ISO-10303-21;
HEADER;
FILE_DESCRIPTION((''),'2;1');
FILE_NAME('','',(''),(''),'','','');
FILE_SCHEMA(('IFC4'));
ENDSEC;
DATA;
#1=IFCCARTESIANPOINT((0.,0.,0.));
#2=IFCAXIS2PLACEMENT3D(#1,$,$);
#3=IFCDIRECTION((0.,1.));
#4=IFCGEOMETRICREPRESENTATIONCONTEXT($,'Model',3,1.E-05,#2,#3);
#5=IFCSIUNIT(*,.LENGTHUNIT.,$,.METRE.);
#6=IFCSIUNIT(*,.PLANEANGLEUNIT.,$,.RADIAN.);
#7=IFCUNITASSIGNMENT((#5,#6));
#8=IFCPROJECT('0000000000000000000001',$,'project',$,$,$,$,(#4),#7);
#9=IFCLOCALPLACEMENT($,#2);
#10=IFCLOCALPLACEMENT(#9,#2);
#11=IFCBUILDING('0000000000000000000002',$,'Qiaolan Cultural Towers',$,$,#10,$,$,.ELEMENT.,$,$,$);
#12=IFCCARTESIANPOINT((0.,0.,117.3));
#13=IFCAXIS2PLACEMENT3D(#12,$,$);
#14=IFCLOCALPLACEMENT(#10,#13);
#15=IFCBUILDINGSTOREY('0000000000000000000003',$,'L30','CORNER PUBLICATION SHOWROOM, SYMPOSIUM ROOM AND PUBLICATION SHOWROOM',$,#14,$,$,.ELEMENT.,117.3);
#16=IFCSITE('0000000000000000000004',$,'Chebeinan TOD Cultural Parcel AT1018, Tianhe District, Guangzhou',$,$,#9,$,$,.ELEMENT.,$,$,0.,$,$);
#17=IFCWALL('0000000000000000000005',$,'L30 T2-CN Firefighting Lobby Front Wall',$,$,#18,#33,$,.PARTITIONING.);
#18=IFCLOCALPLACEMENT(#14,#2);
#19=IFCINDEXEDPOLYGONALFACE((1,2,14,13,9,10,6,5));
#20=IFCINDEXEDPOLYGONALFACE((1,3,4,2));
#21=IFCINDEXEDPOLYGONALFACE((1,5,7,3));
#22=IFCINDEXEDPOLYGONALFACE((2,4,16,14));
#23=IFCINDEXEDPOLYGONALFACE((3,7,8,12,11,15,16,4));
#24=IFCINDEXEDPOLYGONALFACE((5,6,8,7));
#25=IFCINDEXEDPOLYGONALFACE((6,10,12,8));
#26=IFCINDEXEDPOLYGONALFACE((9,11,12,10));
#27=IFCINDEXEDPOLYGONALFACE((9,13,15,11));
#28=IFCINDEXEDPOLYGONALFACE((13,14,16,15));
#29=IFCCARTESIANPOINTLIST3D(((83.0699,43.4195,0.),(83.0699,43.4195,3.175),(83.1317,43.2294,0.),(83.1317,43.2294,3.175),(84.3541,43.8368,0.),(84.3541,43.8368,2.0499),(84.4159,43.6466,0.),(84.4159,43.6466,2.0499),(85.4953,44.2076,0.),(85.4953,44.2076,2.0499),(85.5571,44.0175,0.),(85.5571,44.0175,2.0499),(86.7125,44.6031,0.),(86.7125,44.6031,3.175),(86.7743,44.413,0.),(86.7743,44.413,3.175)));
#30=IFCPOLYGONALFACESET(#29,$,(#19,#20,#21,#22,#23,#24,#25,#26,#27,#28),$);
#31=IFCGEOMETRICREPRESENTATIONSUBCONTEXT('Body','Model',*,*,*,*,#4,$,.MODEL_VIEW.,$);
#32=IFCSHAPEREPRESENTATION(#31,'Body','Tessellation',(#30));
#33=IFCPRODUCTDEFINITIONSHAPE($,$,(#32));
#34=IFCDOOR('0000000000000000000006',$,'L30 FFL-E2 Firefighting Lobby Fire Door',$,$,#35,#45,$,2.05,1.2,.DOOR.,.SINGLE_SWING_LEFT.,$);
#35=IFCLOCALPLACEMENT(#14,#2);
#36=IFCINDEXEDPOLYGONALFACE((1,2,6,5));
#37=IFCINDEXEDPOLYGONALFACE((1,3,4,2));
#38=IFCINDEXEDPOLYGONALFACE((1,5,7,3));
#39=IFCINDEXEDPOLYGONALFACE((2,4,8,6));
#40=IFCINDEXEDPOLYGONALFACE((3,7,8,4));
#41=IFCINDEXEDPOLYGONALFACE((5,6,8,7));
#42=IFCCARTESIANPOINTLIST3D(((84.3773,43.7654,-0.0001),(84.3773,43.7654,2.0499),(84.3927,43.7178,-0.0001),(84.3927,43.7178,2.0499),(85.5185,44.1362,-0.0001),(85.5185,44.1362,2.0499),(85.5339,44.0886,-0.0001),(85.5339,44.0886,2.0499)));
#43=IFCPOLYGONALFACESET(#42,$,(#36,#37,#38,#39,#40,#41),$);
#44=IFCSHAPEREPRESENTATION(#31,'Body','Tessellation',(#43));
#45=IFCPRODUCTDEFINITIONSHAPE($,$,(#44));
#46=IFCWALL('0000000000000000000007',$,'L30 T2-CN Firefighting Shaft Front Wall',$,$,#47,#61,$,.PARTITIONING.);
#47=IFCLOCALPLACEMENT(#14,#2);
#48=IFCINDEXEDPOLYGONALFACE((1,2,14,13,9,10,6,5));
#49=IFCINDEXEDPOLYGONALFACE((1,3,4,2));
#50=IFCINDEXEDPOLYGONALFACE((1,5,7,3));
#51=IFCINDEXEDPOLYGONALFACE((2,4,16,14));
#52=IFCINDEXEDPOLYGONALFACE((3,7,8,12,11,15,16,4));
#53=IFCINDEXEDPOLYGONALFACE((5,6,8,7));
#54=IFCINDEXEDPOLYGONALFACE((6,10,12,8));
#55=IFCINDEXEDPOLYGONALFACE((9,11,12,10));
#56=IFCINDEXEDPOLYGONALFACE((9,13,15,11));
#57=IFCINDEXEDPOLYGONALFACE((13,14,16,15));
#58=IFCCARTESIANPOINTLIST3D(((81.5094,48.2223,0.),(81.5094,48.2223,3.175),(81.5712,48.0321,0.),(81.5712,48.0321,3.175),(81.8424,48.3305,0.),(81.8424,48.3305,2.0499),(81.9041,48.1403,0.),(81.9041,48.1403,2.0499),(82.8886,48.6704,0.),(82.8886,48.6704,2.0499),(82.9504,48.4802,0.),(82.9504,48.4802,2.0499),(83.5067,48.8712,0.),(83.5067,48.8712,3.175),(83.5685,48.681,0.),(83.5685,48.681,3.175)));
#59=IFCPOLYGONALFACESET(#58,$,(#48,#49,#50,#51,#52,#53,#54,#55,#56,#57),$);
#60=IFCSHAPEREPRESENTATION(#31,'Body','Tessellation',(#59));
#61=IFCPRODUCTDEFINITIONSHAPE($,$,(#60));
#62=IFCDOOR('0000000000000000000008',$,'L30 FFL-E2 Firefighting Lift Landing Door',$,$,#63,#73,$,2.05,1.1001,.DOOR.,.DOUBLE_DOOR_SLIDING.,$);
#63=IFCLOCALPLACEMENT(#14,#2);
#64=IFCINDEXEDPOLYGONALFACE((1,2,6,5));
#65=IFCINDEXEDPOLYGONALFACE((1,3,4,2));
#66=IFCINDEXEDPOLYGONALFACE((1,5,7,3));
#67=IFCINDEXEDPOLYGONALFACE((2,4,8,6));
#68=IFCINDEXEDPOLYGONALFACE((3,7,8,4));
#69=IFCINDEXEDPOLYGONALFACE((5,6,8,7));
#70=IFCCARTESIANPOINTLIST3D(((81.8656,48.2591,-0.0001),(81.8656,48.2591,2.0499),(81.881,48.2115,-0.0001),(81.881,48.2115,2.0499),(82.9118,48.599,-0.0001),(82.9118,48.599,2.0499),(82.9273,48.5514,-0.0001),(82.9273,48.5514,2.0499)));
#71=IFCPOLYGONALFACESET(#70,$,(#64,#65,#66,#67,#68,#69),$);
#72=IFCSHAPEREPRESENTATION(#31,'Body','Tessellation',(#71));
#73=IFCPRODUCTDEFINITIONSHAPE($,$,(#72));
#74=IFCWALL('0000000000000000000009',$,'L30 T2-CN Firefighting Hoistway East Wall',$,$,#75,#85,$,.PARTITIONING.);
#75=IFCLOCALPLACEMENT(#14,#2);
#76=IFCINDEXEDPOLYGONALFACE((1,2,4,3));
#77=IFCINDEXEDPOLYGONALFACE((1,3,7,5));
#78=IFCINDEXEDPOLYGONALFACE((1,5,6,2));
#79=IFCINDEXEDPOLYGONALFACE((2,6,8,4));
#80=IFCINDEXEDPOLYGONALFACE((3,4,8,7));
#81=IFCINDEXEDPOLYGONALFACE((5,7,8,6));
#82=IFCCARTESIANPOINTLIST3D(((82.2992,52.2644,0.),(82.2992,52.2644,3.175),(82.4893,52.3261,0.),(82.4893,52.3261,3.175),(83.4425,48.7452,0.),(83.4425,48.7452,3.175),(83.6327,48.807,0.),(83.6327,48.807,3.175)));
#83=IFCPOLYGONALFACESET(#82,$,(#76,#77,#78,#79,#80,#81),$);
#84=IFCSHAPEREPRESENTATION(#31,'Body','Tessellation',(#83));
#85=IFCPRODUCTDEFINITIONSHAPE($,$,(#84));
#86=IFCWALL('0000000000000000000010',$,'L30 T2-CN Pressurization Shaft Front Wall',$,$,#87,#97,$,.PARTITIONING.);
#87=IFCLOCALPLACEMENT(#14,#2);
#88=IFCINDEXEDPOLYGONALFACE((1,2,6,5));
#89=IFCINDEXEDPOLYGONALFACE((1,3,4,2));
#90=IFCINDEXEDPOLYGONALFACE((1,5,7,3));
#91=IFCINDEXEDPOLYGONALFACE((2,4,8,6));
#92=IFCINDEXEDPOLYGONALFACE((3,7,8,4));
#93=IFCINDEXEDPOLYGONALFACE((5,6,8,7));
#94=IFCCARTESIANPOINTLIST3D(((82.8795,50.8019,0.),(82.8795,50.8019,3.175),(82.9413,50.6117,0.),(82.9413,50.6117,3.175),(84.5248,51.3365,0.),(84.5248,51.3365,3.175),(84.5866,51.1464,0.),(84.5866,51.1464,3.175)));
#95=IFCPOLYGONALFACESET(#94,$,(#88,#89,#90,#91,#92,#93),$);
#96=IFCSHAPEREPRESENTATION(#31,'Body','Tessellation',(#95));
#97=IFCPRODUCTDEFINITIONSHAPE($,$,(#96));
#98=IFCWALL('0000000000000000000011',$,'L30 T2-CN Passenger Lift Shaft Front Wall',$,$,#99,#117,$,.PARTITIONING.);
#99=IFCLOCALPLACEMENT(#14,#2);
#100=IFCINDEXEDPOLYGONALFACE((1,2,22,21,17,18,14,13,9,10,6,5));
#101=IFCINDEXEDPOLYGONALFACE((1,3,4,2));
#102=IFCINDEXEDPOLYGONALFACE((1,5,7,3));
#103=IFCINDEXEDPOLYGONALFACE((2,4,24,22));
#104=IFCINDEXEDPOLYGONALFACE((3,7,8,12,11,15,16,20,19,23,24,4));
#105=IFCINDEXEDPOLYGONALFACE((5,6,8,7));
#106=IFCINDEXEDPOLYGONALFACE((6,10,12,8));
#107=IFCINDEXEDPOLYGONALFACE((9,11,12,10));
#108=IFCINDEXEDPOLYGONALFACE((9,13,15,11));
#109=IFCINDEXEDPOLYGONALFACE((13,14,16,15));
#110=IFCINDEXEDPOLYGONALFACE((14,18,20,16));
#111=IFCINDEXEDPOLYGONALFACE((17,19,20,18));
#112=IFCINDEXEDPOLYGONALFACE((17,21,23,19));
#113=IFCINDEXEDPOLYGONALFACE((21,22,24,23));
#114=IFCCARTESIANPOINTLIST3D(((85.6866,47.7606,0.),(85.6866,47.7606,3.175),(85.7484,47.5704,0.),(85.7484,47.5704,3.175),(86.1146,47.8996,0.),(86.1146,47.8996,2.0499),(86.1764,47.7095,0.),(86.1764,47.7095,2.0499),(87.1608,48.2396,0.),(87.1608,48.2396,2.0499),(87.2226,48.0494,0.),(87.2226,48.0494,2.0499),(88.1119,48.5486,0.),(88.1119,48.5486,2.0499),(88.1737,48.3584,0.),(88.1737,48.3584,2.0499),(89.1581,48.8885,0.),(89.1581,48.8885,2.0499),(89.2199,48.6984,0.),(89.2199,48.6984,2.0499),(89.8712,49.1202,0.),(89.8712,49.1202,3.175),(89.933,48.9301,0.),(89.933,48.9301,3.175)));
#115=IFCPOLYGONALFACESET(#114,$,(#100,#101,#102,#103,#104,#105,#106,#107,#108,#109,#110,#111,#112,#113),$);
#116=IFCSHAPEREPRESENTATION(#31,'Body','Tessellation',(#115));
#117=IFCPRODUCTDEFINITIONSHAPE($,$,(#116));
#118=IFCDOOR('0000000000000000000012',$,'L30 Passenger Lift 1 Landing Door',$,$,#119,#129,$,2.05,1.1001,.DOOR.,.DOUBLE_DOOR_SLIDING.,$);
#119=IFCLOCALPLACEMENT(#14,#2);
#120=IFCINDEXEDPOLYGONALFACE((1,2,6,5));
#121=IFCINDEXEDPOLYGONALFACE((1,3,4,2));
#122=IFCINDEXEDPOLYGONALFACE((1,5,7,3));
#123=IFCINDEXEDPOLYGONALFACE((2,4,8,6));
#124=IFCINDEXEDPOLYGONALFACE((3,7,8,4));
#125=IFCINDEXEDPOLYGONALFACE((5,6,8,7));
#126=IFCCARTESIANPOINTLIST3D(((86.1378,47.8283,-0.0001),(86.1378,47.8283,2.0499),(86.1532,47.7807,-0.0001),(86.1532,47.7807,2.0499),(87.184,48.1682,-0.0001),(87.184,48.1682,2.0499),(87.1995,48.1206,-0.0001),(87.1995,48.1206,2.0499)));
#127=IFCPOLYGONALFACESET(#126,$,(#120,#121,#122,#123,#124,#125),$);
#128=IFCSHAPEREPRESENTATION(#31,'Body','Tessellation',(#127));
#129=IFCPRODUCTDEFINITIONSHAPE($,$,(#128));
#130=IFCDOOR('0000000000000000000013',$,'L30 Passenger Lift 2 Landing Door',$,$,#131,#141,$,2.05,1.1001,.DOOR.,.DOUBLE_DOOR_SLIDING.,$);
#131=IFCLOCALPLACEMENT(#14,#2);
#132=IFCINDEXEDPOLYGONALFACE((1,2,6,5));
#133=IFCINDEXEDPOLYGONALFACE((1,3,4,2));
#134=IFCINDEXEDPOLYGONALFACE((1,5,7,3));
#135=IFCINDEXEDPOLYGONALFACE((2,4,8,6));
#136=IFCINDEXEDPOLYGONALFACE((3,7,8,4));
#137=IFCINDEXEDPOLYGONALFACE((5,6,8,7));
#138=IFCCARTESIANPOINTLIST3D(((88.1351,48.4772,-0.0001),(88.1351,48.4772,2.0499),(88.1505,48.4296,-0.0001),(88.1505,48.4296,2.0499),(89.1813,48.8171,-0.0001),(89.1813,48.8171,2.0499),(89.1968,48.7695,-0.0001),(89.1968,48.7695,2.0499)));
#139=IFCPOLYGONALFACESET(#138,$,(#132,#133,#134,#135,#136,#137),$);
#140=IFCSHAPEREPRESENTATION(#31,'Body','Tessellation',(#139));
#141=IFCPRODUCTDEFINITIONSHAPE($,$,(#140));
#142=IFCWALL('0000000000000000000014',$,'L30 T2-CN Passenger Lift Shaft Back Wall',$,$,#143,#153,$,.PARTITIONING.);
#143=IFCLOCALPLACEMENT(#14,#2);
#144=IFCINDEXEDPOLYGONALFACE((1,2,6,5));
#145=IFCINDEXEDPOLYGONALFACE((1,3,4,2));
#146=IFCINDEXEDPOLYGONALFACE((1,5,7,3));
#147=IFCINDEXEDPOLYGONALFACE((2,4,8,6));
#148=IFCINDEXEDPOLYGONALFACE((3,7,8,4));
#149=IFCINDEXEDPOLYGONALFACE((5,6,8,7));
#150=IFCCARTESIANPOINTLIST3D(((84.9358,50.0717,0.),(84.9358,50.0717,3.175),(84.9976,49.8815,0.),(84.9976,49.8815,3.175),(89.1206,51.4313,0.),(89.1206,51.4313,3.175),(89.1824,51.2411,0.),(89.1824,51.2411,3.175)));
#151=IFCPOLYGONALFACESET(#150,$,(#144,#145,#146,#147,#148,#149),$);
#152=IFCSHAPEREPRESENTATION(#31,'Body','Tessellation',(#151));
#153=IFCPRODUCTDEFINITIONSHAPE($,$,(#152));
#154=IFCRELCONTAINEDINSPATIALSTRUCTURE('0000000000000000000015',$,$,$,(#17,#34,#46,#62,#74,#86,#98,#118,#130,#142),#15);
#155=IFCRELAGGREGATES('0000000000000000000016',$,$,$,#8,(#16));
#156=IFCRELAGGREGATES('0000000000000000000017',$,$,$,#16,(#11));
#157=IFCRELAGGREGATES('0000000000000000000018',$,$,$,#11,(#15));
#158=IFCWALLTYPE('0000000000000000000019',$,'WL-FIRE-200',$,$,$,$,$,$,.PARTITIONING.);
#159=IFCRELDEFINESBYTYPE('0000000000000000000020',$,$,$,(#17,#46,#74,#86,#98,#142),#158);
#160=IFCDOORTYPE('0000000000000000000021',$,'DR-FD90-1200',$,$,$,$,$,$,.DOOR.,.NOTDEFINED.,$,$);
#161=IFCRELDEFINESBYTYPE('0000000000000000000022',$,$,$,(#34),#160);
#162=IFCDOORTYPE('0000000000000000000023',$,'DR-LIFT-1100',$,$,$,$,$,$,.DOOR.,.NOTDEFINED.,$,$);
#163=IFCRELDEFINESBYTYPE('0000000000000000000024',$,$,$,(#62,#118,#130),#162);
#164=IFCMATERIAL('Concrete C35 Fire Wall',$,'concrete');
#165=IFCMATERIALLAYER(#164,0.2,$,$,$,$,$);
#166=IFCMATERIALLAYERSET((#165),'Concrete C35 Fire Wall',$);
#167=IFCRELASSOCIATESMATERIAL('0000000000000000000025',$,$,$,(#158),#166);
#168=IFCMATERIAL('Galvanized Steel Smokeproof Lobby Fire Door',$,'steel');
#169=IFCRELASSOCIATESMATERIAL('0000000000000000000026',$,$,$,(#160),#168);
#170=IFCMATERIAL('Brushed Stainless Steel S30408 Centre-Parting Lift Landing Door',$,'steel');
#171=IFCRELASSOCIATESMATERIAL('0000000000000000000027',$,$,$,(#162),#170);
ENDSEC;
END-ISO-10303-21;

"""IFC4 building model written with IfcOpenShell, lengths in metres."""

from ifc_helpers import new_model, si_unit, direction, frame, frame_2d, origin, place, context, subcontext, project, spatial, rectangle, extrude, material, layer, layer_set, type_object, element, fill, save


model = new_model("IFC4")

# Units and contexts
model_context = context("Model", 3, precision=1e-05, world=origin(), true_north=direction((0.0, 1.0)))
body_context = subcontext(model_context, "Body", "Model", "MODEL_VIEW")
ifc_project = project(units=[si_unit("LENGTHUNIT", "METRE"), si_unit("PLANEANGLEUNIT", "RADIAN")], contexts=[model_context])

# Site, building, storey
site_placement = place(None, origin())
site = spatial("IfcSite", under=ifc_project, at=site_placement, Name="Chebeinan TOD Cultural Parcel AT1018, Tianhe District, Guangzhou", CompositionType="ELEMENT", RefElevation=0.0)
building_placement = place(site_placement, origin())
building = spatial("IfcBuilding", under=site, at=building_placement, Name="Qiaolan Cultural Towers", CompositionType="ELEMENT")
storey_placement = place(building_placement, frame((0.0, 0.0, 117.3)))
storey = spatial("IfcBuildingStorey", under=building, at=storey_placement, Name="L30", Description="CORNER PUBLICATION SHOWROOM, SYMPOSIUM ROOM AND PUBLICATION SHOWROOM", CompositionType="ELEMENT", Elevation=117.3)

# Shared definitions
ifc_material_1 = material(Name="Concrete C35 Fire Wall", Category="concrete")
ifc_layer_1 = layer(ifc_material_1, 0.2)
ifc_layer_set_1 = layer_set([ifc_layer_1], Name="Concrete C35 Fire Wall")
wall_type_1 = type_object("IfcWallType", Name="WL-FIRE-200", PredefinedType="PARTITIONING", material=ifc_layer_set_1)

# Walls, openings, doors
wall_1_placement = place(storey_placement, frame((83.1008, 43.3245, 0.0), z_axis=(0.0, 0.0, 1.0), x_axis=(0.951053, 0.309028, 0.0)))
wall_1 = element("IfcWall", 1, at=wall_1_placement, inside=storey, type_object=wall_type_1, Name="L30 T2-CN Firefighting Lobby Front Wall", PredefinedType="PARTITIONING", context=body_context, shape_type="SweptSolid", body=[
    extrude(rectangle(XDim=3.8301, YDim=0.2, at=frame_2d((1.915, 0.0))), origin(), (0.0, 0.0, 1.0), 3.175),
])
opening_1_placement = place(wall_1_placement, frame((1.3501, 0.0, 0.0)))
opening_1 = element("IfcOpeningElement", 2, at=opening_1_placement, cuts=wall_1, PredefinedType="OPENING", context=body_context, shape_type="SweptSolid", body=[
    extrude(rectangle(XDim=1.2, YDim=2.05, at=frame_2d((0.6001, 1.0249))), frame((0.0, 0.1099, 0.0), z_axis=(0.0, -1.0, 0.0), x_axis=(1.0, 0.0, 0.0)), (0.0, 0.0, 1.0), 0.22),
])
ifc_material_2 = material(Name="Galvanized Steel Smokeproof Lobby Fire Door", Category="steel")
door_type_1 = type_object("IfcDoorType", Name="DR-FD90-1200", OperationType="NOTDEFINED", PredefinedType="DOOR", material=ifc_material_2)
door_1_placement = place(opening_1_placement, origin())
door_1 = element("IfcDoor", 3, at=door_1_placement, inside=storey, type_object=door_type_1, Name="L30 FFL-E2 Firefighting Lobby Fire Door", OperationType="SINGLE_SWING_LEFT", OverallHeight=2.05, OverallWidth=1.2, PredefinedType="DOOR", context=body_context, shape_type="SweptSolid", body=[
    extrude(rectangle(XDim=1.2, YDim=2.05, at=frame_2d((0.6001, 1.0249))), frame((0.0, 0.0249, 0.0), z_axis=(0.0, -1.0, 0.0), x_axis=(1.0, 0.0, 0.0)), (0.0, 0.0, 1.0), 0.05),
])
fill(opening_1, door_1)
wall_2_placement = place(storey_placement, frame((81.5403, 48.1272, 0.0), z_axis=(0.0, 0.0, 1.0), x_axis=(0.951062, 0.308999, 0.0)))
wall_2 = element("IfcWall", 4, at=wall_2_placement, inside=storey, type_object=wall_type_1, Name="L30 T2-CN Firefighting Shaft Front Wall", PredefinedType="PARTITIONING", context=body_context, shape_type="SweptSolid", body=[
    extrude(rectangle(XDim=2.1001, YDim=0.2, at=frame_2d((1.05, 0.0))), origin(), (0.0, 0.0, 1.0), 3.175),
])
opening_2_placement = place(wall_2_placement, frame((0.3501, 0.0, 0.0)))
opening_2 = element("IfcOpeningElement", 5, at=opening_2_placement, cuts=wall_2, PredefinedType="OPENING", context=body_context, shape_type="SweptSolid", body=[
    extrude(rectangle(XDim=1.1001, YDim=2.05, at=frame_2d((0.55, 1.0249))), frame((0.0, 0.1099, 0.0), z_axis=(0.0, -1.0, 0.0), x_axis=(1.0, 0.0, 0.0)), (0.0, 0.0, 1.0), 0.22),
])
ifc_material_3 = material(Name="Brushed Stainless Steel S30408 Centre-Parting Lift Landing Door", Category="steel")
door_type_2 = type_object("IfcDoorType", Name="DR-LIFT-1100", OperationType="NOTDEFINED", PredefinedType="DOOR", material=ifc_material_3)
door_2_placement = place(opening_2_placement, origin())
door_2 = element("IfcDoor", 6, at=door_2_placement, inside=storey, type_object=door_type_2, Name="L30 FFL-E2 Firefighting Lift Landing Door", OperationType="DOUBLE_DOOR_SLIDING", OverallHeight=2.05, OverallWidth=1.1001, PredefinedType="DOOR", context=body_context, shape_type="SweptSolid", body=[
    extrude(rectangle(XDim=1.1001, YDim=2.05, at=frame_2d((0.55, 1.0249))), frame((0.0, 0.0249, 0.0), z_axis=(0.0, -1.0, 0.0), x_axis=(1.0, 0.0, 0.0)), (0.0, 0.0, 1.0), 0.05),
])
fill(opening_2, door_2)

# Walls
wall_3_placement = place(storey_placement, frame((83.5376, 48.7761, 0.0), z_axis=(0.0, 0.0, 1.0), x_axis=(-0.308994, 0.951064, 0.0)))
element("IfcWall", 7, at=wall_3_placement, inside=storey, type_object=wall_type_1, Name="L30 T2-CN Firefighting Hoistway East Wall", PredefinedType="PARTITIONING", context=body_context, shape_type="SweptSolid", body=[
    extrude(rectangle(XDim=3.7002, YDim=0.2, at=frame_2d((1.8501, 0.0))), origin(), (0.0, 0.0, 1.0), 3.175),
])
wall_4_placement = place(storey_placement, frame((82.9104, 50.7068, 0.0), z_axis=(0.0, 0.0, 1.0), x_axis=(0.951041, 0.309064, 0.0)))
element("IfcWall", 8, at=wall_4_placement, inside=storey, type_object=wall_type_1, Name="L30 T2-CN Pressurization Shaft Front Wall", PredefinedType="PARTITIONING", context=body_context, shape_type="SweptSolid", body=[
    extrude(rectangle(XDim=1.73, YDim=0.2, at=frame_2d((0.865, 0.0))), origin(), (0.0, 0.0, 1.0), 3.175),
])

# Wall, openings, doors
wall_5_placement = place(storey_placement, frame((85.7175, 47.6655, 0.0), z_axis=(0.0, 0.0, 1.0), x_axis=(0.951059, 0.309011, 0.0)))
wall_5 = element("IfcWall", 9, at=wall_5_placement, inside=storey, type_object=wall_type_1, Name="L30 T2-CN Passenger Lift Shaft Front Wall", PredefinedType="PARTITIONING", context=body_context, shape_type="SweptSolid", body=[
    extrude(rectangle(XDim=4.3999, YDim=0.2, at=frame_2d((2.2, 0.0))), origin(), (0.0, 0.0, 1.0), 3.175),
])
opening_3_placement = place(wall_5_placement, frame((0.45, 0.0, 0.0)))
opening_3 = element("IfcOpeningElement", 10, at=opening_3_placement, cuts=wall_5, PredefinedType="OPENING", context=body_context, shape_type="SweptSolid", body=[
    extrude(rectangle(XDim=1.1001, YDim=2.05, at=frame_2d((0.55, 1.0249))), frame((0.0, 0.1099, 0.0), z_axis=(0.0, -1.0, 0.0), x_axis=(1.0, 0.0, 0.0)), (0.0, 0.0, 1.0), 0.22),
])
opening_4_placement = place(wall_5_placement, frame((2.55, 0.0, 0.0)))
opening_4 = element("IfcOpeningElement", 11, at=opening_4_placement, cuts=wall_5, PredefinedType="OPENING", context=body_context, shape_type="SweptSolid", body=[
    extrude(rectangle(XDim=1.1001, YDim=2.05, at=frame_2d((0.55, 1.0249))), frame((0.0, 0.1099, 0.0), z_axis=(0.0, -1.0, 0.0), x_axis=(1.0, 0.0, 0.0)), (0.0, 0.0, 1.0), 0.22),
])
door_3_placement = place(opening_3_placement, origin())
door_3 = element("IfcDoor", 12, at=door_3_placement, inside=storey, type_object=door_type_2, Name="L30 Passenger Lift 1 Landing Door", OperationType="DOUBLE_DOOR_SLIDING", OverallHeight=2.05, OverallWidth=1.1001, PredefinedType="DOOR", context=body_context, shape_type="SweptSolid", body=[
    extrude(rectangle(XDim=1.1001, YDim=2.05, at=frame_2d((0.55, 1.0249))), frame((0.0, 0.0249, 0.0), z_axis=(0.0, -1.0, 0.0), x_axis=(1.0, 0.0, 0.0)), (0.0, 0.0, 1.0), 0.05),
])
fill(opening_3, door_3)
door_4_placement = place(opening_4_placement, origin())
door_4 = element("IfcDoor", 13, at=door_4_placement, inside=storey, type_object=door_type_2, Name="L30 Passenger Lift 2 Landing Door", OperationType="DOUBLE_DOOR_SLIDING", OverallHeight=2.05, OverallWidth=1.1001, PredefinedType="DOOR", context=body_context, shape_type="SweptSolid", body=[
    extrude(rectangle(XDim=1.1001, YDim=2.05, at=frame_2d((0.55, 1.0249))), frame((0.0, 0.0249, 0.0), z_axis=(0.0, -1.0, 0.0), x_axis=(1.0, 0.0, 0.0)), (0.0, 0.0, 1.0), 0.05),
])
fill(opening_4, door_4)

# Wall
wall_6_placement = place(storey_placement, frame((84.9666, 49.9766, 0.0), z_axis=(0.0, 0.0, 1.0), x_axis=(0.951064, 0.308994, 0.0)))
element("IfcWall", 14, at=wall_6_placement, inside=storey, type_object=wall_type_1, Name="L30 T2-CN Passenger Lift Shaft Back Wall", PredefinedType="PARTITIONING", context=body_context, shape_type="SweptSolid", body=[
    extrude(rectangle(XDim=4.4001, YDim=0.2, at=frame_2d((2.2002, 0.0))), origin(), (0.0, 0.0, 1.0), 3.175),
])

save(model, "model.ifc")
